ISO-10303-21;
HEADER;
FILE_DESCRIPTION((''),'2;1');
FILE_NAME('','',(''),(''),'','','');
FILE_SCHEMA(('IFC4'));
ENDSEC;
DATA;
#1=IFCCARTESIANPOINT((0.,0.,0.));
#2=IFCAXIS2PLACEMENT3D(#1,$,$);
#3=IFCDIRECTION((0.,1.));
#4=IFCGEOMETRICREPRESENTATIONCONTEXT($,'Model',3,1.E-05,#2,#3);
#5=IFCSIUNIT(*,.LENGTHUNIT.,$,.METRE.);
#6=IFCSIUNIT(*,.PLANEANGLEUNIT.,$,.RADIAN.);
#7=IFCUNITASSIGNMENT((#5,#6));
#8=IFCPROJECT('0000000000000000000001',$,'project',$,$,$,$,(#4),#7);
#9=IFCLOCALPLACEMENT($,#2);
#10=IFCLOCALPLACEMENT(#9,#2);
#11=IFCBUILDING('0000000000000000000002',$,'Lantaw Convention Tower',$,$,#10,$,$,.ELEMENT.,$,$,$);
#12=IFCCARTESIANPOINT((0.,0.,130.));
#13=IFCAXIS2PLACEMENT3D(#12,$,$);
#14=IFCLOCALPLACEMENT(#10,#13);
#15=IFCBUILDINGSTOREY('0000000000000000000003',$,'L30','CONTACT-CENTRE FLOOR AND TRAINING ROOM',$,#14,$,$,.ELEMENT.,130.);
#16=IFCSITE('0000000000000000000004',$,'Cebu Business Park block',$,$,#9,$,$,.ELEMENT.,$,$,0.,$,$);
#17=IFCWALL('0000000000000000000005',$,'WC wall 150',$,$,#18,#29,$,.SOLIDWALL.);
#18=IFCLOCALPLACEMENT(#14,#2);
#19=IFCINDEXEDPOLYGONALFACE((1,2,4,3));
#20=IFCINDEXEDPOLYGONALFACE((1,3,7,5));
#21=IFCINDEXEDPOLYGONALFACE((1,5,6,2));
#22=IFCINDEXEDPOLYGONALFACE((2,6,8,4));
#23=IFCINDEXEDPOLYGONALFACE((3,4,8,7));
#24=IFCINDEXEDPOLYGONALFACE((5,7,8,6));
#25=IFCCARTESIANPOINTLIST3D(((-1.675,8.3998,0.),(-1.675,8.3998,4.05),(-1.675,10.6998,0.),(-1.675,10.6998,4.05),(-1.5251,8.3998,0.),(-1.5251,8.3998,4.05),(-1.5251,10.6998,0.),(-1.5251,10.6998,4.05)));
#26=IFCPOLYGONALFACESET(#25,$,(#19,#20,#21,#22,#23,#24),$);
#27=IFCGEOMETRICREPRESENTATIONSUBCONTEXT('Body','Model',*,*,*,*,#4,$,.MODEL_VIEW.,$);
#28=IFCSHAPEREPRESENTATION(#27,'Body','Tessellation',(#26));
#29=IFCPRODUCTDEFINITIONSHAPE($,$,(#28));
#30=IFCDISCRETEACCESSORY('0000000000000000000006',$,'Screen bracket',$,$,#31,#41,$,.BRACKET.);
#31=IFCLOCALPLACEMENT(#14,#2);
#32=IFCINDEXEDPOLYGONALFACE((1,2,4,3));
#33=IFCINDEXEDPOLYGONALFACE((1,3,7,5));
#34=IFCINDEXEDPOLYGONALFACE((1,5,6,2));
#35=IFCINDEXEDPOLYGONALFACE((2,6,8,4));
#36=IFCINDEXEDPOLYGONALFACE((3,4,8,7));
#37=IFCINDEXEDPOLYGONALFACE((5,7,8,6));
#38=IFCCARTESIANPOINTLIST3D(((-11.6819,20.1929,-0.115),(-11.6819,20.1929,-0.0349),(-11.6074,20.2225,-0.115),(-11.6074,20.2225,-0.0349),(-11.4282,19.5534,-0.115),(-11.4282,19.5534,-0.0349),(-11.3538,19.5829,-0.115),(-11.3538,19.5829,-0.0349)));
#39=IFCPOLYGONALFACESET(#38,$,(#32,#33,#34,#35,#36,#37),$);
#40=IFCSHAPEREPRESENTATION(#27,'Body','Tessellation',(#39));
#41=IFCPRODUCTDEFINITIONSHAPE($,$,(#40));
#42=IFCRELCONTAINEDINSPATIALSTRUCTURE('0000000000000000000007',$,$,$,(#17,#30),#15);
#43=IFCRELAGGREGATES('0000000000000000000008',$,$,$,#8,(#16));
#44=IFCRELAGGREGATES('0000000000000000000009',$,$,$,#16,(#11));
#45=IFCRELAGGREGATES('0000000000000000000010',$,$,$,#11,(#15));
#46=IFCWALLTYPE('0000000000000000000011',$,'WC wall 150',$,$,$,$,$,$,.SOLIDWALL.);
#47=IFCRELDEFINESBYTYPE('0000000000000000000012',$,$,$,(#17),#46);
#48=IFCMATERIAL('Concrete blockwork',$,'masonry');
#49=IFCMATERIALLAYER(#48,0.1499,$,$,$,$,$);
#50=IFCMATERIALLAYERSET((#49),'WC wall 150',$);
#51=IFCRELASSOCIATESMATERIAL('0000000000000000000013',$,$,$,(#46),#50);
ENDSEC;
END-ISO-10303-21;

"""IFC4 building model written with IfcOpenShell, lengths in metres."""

from ifc_helpers import new_model, si_unit, direction, frame, frame_2d, origin, origin_2d, place, context, subcontext, project, spatial, rectangle, extrude, material, layer, layer_set, type_object, element, save


model = new_model("IFC4")

# Units and contexts
model_context = context("Model", 3, precision=1e-05, world=origin(), true_north=direction((0.0, 1.0)))
body_context = subcontext(model_context, "Body", "Model", "MODEL_VIEW")
ifc_project = project(units=[si_unit("LENGTHUNIT", "METRE"), si_unit("PLANEANGLEUNIT", "RADIAN")], contexts=[model_context])

# Site, building, storey
site_placement = place(None, origin())
site = spatial("IfcSite", under=ifc_project, at=site_placement, Name="Cebu Business Park block", CompositionType="ELEMENT", RefElevation=0.0)
building_placement = place(site_placement, origin())
building = spatial("IfcBuilding", under=site, at=building_placement, Name="Lantaw Convention Tower", CompositionType="ELEMENT")
storey_placement = place(building_placement, frame((0.0, 0.0, 130.0)))
storey = spatial("IfcBuildingStorey", under=building, at=storey_placement, Name="L30", Description="CONTACT-CENTRE FLOOR AND TRAINING ROOM", CompositionType="ELEMENT", Elevation=130.0)

# Shared definitions
ifc_material_1 = material(Name="Concrete blockwork", Category="masonry")
ifc_layer_1 = layer(ifc_material_1, 0.1499)
ifc_layer_set_1 = layer_set([ifc_layer_1], Name="WC wall 150")
wall_type_1 = type_object("IfcWallType", Name="WC wall 150", PredefinedType="SOLIDWALL", material=ifc_layer_set_1)

# Wall
wall_1_placement = place(storey_placement, frame((-1.6001, 8.3999, 0.0), z_axis=(0.0, 0.0, 1.0), x_axis=(0.0, 1.0, 0.0)))
element("IfcWall", 1, at=wall_1_placement, inside=storey, type_object=wall_type_1, Name="WC wall 150", PredefinedType="SOLIDWALL", context=body_context, shape_type="SweptSolid", body=[
    extrude(rectangle(XDim=2.3, YDim=0.1499, at=frame_2d((1.1499, 0.0))), origin(), (0.0, 0.0, 1.0), 4.05),
])

# Discrete accessory
discrete_accessory_placement = place(storey_placement, frame((-11.5178, 19.8879, -0.115), z_axis=(0.0, 0.0, 1.0), x_axis=(-0.929548, -0.368702, 0.0)))
element("IfcDiscreteAccessory", 2, at=discrete_accessory_placement, inside=storey, Name="Screen bracket", PredefinedType="BRACKET", context=body_context, shape_type="SweptSolid", body=[
    extrude(rectangle(XDim=0.0801, YDim=0.688, at=origin_2d()), origin(), (0.0, 0.0, 1.0), 0.0801),
])

save(model, "model.ifc")
